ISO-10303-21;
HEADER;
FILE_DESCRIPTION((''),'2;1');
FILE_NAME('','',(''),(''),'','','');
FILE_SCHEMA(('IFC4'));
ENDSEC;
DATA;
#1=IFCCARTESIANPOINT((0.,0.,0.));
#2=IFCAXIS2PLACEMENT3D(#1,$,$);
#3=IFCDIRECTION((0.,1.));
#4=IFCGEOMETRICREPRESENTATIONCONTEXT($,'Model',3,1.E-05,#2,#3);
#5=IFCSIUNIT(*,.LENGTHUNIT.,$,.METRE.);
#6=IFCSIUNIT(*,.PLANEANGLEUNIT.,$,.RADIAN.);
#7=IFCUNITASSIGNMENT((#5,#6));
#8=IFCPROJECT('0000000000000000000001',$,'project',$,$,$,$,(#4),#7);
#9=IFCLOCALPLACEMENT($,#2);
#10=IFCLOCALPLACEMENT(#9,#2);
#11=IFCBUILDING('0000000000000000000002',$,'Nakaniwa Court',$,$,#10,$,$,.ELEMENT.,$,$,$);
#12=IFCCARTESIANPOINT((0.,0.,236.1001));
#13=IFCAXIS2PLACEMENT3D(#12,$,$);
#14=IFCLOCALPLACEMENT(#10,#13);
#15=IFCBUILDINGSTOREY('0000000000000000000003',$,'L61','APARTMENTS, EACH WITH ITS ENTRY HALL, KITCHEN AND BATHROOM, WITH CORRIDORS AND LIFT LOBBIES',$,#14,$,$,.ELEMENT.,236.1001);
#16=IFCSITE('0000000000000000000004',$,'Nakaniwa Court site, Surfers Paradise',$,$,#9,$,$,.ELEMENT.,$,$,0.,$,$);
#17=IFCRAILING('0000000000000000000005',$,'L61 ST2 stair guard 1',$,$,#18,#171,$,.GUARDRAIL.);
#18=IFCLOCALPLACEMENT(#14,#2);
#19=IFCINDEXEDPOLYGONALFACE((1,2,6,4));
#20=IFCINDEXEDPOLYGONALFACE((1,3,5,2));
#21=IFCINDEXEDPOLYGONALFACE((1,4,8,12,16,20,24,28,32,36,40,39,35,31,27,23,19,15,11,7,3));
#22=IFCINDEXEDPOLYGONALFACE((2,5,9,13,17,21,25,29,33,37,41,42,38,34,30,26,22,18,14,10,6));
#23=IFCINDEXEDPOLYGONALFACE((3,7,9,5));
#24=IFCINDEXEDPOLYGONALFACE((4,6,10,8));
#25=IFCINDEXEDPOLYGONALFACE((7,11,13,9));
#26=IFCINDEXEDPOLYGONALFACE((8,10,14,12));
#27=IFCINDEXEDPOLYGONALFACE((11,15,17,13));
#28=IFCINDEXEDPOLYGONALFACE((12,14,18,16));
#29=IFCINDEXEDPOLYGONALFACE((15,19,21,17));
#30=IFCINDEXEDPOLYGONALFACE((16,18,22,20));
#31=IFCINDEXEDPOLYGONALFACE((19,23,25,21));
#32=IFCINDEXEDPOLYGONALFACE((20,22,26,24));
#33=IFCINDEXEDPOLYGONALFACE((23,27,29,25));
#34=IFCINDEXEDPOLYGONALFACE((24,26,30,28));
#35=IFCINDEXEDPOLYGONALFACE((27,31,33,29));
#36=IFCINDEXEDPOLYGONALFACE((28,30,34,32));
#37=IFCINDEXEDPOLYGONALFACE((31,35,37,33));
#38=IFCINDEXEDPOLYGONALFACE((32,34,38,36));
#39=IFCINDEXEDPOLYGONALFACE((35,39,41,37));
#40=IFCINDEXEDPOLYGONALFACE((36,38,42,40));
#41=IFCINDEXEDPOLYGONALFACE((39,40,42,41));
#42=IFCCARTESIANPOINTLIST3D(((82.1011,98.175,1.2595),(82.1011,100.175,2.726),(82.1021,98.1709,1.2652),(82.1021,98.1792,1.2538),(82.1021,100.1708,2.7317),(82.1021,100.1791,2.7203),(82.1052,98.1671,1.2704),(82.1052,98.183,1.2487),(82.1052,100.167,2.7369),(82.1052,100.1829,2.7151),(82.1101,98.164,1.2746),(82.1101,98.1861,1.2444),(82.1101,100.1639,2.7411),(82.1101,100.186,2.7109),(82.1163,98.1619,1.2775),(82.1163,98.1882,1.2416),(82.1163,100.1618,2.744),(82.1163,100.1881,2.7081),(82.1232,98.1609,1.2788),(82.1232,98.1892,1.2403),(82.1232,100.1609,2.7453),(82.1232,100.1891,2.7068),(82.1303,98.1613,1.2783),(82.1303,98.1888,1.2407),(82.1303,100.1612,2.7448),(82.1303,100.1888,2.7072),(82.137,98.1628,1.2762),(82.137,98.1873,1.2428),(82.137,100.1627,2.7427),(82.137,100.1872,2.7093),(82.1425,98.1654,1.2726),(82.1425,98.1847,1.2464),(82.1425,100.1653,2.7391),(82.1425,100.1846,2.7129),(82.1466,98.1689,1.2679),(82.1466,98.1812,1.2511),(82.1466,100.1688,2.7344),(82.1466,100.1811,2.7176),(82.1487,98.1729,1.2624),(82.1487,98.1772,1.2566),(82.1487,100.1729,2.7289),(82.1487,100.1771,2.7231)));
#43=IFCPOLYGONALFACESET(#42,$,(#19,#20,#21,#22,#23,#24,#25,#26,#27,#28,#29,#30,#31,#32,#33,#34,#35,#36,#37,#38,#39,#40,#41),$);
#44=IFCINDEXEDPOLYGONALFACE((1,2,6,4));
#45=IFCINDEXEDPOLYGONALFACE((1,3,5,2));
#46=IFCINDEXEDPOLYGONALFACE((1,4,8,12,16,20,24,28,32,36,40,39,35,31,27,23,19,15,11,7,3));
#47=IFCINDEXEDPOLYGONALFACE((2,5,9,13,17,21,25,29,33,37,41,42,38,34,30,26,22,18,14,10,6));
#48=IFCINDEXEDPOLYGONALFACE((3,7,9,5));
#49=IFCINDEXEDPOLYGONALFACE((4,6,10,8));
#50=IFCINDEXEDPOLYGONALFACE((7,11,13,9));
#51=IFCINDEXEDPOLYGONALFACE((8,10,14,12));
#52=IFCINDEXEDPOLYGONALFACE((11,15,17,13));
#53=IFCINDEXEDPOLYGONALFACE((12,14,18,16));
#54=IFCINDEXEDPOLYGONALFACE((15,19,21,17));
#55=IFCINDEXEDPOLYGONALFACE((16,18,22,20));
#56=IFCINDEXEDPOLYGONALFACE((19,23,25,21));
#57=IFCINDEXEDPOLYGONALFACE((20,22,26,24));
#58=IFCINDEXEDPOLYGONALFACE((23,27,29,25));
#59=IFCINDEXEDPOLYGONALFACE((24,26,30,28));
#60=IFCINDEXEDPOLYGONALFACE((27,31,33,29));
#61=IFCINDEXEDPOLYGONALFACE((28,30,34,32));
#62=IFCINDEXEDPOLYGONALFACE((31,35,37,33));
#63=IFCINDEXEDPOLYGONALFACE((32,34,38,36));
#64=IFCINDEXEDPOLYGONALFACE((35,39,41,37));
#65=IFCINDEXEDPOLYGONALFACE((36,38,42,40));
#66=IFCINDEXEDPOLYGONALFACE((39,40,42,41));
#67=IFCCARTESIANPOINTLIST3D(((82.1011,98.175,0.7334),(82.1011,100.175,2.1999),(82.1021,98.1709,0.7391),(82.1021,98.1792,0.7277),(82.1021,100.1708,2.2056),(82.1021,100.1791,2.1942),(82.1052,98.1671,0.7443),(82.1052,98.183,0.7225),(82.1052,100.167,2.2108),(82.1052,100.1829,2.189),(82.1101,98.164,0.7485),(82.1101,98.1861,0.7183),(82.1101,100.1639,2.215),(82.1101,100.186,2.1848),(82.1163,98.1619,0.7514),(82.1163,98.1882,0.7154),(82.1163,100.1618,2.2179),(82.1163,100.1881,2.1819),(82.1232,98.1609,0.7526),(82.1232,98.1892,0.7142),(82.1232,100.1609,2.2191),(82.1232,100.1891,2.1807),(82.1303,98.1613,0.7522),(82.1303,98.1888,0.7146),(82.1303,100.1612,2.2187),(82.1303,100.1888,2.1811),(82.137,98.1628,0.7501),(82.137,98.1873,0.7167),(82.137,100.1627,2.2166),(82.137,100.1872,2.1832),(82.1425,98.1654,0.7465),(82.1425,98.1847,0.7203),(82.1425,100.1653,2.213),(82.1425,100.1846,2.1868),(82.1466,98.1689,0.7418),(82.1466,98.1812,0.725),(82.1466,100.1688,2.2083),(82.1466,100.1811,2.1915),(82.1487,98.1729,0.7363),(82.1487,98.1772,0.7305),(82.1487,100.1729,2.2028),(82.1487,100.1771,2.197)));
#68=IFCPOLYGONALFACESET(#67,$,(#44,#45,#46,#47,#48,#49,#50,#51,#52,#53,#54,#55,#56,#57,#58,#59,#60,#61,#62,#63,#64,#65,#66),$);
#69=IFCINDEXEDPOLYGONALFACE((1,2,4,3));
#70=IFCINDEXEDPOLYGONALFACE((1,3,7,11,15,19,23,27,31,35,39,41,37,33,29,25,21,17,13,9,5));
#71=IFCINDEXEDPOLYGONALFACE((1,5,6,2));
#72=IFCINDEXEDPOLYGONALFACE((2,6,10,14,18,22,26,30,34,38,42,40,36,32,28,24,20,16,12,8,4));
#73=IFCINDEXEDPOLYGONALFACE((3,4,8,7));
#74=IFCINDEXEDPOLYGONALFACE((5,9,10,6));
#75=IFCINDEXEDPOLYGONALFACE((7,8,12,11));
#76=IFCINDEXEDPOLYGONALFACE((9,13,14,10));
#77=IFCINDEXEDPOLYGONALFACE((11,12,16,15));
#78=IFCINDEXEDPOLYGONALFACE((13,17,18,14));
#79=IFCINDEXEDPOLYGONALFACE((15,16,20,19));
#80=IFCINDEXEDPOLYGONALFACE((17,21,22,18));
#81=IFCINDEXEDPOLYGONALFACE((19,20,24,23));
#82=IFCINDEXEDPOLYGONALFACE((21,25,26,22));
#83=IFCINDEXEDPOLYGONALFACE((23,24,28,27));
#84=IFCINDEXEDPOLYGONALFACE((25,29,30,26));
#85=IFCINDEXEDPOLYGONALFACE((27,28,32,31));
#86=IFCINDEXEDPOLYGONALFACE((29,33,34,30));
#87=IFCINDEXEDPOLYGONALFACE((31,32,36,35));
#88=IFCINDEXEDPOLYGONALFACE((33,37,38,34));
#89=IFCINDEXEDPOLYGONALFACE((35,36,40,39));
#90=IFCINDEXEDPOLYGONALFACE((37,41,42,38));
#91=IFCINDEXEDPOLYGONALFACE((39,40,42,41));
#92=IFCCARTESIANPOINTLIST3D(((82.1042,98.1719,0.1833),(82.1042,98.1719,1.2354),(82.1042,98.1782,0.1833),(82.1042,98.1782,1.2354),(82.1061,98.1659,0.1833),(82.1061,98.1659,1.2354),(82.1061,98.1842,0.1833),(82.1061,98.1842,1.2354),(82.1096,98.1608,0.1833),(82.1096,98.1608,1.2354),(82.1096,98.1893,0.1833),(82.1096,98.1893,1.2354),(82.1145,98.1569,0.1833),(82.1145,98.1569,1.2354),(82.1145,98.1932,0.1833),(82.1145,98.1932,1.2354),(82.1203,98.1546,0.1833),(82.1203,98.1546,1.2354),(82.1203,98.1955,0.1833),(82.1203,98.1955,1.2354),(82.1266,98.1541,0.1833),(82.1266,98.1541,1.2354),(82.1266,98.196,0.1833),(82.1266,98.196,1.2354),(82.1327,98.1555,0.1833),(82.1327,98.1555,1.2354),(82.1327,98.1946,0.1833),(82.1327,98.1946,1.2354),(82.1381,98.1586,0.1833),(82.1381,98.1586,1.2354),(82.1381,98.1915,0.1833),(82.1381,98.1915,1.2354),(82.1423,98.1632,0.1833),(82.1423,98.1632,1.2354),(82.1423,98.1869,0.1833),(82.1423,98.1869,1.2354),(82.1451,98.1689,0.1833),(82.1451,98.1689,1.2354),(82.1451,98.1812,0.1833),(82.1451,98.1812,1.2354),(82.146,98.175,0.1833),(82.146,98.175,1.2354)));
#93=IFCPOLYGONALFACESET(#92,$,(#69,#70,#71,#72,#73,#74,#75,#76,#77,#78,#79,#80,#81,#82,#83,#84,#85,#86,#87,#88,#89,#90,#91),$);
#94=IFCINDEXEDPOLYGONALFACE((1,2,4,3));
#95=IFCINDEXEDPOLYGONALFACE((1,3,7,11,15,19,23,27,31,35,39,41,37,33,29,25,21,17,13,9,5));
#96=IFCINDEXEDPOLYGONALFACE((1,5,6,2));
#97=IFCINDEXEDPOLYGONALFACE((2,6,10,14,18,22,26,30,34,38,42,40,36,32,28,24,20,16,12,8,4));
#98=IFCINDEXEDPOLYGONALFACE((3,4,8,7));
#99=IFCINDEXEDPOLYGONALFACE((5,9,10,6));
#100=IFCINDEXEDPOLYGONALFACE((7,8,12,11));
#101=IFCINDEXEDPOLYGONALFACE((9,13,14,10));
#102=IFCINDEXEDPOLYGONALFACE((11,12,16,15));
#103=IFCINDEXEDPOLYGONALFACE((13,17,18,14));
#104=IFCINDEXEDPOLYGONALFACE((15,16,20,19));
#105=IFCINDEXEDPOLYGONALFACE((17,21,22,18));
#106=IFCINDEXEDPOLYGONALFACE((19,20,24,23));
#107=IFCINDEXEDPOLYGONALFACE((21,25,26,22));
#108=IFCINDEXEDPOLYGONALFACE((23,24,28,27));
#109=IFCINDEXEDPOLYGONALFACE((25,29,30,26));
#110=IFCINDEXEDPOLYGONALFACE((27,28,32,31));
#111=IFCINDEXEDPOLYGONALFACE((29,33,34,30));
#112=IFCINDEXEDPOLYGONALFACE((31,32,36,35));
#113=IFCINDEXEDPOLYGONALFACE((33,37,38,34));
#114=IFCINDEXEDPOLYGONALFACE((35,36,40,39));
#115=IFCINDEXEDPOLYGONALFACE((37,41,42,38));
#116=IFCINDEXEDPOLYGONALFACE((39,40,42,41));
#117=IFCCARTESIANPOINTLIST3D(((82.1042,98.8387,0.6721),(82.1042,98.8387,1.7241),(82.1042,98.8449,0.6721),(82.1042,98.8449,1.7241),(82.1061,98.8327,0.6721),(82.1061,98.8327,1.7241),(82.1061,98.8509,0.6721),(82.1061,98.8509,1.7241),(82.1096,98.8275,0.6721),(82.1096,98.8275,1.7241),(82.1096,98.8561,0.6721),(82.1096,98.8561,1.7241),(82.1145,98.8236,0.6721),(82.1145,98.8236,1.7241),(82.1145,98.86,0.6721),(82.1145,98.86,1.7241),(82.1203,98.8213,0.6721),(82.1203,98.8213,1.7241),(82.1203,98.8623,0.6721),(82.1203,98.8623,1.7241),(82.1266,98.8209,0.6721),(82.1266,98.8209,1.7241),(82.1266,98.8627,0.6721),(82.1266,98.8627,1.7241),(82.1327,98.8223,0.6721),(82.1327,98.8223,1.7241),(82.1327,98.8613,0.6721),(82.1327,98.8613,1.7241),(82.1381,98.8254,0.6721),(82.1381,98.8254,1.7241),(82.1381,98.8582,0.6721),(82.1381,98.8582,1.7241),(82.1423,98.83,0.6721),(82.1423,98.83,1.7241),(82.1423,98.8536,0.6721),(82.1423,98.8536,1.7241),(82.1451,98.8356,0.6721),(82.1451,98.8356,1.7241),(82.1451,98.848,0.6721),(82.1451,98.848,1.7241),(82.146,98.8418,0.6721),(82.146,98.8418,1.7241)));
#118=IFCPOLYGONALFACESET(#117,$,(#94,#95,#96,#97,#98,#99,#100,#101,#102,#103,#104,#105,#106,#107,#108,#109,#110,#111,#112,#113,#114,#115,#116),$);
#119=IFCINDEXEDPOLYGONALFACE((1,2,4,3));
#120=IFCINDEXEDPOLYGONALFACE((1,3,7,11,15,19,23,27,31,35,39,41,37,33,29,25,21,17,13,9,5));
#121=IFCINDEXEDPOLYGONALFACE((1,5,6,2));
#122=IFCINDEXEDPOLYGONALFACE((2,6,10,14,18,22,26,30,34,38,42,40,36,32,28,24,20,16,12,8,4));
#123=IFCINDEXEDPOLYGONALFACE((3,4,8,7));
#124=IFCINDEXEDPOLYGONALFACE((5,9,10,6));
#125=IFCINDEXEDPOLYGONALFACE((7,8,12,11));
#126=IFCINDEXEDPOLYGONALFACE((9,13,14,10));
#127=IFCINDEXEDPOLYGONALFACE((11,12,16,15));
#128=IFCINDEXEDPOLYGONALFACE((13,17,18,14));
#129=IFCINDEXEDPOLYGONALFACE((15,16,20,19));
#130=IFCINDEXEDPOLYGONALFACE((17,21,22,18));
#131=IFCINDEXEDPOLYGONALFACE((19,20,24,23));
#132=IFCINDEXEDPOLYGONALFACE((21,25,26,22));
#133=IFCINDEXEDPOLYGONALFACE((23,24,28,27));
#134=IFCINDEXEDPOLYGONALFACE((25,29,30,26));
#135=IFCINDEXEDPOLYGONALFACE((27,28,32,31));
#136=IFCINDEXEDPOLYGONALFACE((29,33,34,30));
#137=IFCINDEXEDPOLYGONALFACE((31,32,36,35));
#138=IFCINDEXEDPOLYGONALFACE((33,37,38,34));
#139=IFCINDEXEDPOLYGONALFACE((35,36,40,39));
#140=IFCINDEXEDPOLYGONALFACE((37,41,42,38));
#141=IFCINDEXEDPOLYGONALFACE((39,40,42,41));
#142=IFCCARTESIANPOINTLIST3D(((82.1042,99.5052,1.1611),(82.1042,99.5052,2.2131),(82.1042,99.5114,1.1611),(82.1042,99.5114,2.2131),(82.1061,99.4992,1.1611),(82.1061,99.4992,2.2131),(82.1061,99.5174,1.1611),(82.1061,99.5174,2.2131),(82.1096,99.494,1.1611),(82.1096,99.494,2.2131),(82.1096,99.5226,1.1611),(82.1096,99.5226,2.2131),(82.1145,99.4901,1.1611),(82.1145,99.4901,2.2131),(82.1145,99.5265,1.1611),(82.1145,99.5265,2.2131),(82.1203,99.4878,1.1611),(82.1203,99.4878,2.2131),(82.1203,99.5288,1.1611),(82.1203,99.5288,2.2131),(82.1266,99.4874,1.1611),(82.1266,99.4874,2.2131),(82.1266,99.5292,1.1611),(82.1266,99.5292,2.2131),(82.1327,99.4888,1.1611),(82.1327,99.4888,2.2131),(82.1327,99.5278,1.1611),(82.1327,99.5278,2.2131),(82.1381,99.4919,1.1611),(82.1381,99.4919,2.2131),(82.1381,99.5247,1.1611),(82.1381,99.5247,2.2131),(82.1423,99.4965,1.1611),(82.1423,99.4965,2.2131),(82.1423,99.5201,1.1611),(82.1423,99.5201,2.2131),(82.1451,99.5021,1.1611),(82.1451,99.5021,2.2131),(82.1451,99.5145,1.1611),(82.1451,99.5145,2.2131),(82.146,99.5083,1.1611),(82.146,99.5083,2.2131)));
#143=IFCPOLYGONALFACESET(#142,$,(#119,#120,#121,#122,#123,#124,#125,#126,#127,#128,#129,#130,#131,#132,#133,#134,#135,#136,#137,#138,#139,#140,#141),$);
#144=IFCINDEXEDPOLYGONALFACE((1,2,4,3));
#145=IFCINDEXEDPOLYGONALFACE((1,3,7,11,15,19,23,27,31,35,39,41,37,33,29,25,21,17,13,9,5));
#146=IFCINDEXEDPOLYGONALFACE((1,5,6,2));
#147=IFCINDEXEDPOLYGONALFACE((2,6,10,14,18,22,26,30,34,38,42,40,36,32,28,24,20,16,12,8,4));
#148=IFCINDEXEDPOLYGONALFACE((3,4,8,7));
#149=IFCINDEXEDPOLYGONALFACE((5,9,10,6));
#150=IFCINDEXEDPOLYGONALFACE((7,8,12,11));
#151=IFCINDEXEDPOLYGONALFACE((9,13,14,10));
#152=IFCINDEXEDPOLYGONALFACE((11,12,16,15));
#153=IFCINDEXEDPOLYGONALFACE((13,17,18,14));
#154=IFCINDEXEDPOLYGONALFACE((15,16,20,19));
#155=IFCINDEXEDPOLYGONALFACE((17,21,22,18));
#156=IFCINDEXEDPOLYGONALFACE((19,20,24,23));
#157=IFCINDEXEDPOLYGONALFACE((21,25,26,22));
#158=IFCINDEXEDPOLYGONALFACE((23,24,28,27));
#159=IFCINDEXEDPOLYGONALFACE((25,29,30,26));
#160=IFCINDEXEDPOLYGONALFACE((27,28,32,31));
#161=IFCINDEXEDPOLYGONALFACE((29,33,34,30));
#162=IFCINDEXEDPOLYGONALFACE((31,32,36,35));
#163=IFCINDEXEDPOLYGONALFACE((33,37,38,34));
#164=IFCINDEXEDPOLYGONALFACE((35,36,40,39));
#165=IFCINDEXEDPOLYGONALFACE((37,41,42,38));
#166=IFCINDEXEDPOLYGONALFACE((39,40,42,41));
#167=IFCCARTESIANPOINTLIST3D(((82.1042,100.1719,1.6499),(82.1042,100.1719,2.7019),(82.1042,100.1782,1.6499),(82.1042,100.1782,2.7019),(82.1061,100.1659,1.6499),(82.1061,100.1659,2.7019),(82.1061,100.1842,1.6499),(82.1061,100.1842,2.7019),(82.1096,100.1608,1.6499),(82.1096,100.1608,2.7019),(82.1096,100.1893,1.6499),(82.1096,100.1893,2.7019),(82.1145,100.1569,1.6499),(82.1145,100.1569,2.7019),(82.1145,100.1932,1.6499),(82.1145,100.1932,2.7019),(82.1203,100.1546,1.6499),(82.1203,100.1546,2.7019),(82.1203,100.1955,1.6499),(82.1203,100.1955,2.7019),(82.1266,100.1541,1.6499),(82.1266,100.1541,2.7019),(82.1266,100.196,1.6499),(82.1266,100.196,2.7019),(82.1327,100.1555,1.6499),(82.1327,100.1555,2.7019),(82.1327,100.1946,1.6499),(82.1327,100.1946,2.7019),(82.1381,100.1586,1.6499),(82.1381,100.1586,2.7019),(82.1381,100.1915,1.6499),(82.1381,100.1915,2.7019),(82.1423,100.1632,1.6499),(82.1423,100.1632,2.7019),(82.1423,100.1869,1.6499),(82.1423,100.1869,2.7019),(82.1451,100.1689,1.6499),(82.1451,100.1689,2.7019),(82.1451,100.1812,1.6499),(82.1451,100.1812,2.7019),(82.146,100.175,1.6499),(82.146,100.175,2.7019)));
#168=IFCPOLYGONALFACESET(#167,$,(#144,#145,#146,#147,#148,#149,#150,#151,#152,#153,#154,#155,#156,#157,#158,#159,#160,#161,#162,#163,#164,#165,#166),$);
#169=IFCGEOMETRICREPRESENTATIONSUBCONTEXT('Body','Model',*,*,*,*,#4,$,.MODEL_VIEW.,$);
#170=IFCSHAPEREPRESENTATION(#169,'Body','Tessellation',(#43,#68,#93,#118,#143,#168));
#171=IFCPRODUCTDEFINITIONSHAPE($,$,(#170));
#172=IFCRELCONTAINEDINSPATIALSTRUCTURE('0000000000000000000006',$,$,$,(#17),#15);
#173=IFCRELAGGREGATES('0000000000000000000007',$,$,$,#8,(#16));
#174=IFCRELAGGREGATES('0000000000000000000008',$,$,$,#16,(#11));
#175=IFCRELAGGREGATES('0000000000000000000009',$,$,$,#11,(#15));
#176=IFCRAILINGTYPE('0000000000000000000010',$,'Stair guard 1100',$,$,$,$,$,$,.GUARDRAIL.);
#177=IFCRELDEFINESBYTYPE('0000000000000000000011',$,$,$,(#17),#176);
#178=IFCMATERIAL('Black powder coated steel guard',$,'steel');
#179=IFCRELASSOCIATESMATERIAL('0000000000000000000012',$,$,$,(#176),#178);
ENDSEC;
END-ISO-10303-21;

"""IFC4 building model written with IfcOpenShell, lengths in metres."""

from ifc_helpers import new_model, si_unit, direction, frame, origin, origin_2d, place, context, subcontext, project, spatial, circle, extrude, material, type_object, element, save


model = new_model("IFC4")

# Units and contexts
model_context = context("Model", 3, precision=1e-05, world=origin(), true_north=direction((0.0, 1.0)))
body_context = subcontext(model_context, "Body", "Model", "MODEL_VIEW")
ifc_project = project(units=[si_unit("LENGTHUNIT", "METRE"), si_unit("PLANEANGLEUNIT", "RADIAN")], contexts=[model_context])

# Site, building, storey
site_placement = place(None, origin())
site = spatial("IfcSite", under=ifc_project, at=site_placement, Name="Nakaniwa Court site, Surfers Paradise", CompositionType="ELEMENT", RefElevation=0.0)
building_placement = place(site_placement, origin())
building = spatial("IfcBuilding", under=site, at=building_placement, Name="Nakaniwa Court", CompositionType="ELEMENT")
storey_placement = place(building_placement, frame((0.0, 0.0, 236.1001)))
storey = spatial("IfcBuildingStorey", under=building, at=storey_placement, Name="L61", Description="APARTMENTS, EACH WITH ITS ENTRY HALL, KITCHEN AND BATHROOM, WITH CORRIDORS AND LIFT LOBBIES", CompositionType="ELEMENT", Elevation=236.1001)

# Railing
ifc_material_1 = material(Name="Black powder coated steel guard", Category="steel")
railing_type_1 = type_object("IfcRailingType", Name="Stair guard 1100", PredefinedType="GUARDRAIL", material=ifc_material_1)
railing_1_placement = place(storey_placement, frame((82.125, 98.175, 0.1833)))
element("IfcRailing", 1, at=railing_1_placement, inside=storey, type_object=railing_type_1, Name="L61 ST2 stair guard 1", PredefinedType="GUARDRAIL", context=body_context, shape_type="SweptSolid", body=[
    extrude(circle(Radius=0.0239, at=origin_2d()), frame((0.0, 0.0, 1.0762), z_axis=(0.0, 0.806427, 0.591334), x_axis=(-1.0, 0.0, 0.0)), (0.0, 0.0, 1.0), 2.48),
    extrude(circle(Radius=0.0239, at=origin_2d()), frame((0.0, 0.0, 0.55), z_axis=(0.0, 0.806427, 0.591334), x_axis=(-1.0, 0.0, 0.0)), (0.0, 0.0, 1.0), 2.48),
    extrude(circle(Radius=0.021, at=origin_2d()), origin(), (0.0, 0.0, 1.0), 1.052),
    extrude(circle(Radius=0.021, at=origin_2d()), frame((0.0, 0.6667, 0.4888)), (0.0, 0.0, 1.0), 1.052),
    extrude(circle(Radius=0.021, at=origin_2d()), frame((0.0, 1.3333, 0.9778)), (0.0, 0.0, 1.0), 1.052),
    extrude(circle(Radius=0.021, at=origin_2d()), frame((0.0, 2.0, 1.4666)), (0.0, 0.0, 1.0), 1.052),
])

save(model, "model.ifc")
